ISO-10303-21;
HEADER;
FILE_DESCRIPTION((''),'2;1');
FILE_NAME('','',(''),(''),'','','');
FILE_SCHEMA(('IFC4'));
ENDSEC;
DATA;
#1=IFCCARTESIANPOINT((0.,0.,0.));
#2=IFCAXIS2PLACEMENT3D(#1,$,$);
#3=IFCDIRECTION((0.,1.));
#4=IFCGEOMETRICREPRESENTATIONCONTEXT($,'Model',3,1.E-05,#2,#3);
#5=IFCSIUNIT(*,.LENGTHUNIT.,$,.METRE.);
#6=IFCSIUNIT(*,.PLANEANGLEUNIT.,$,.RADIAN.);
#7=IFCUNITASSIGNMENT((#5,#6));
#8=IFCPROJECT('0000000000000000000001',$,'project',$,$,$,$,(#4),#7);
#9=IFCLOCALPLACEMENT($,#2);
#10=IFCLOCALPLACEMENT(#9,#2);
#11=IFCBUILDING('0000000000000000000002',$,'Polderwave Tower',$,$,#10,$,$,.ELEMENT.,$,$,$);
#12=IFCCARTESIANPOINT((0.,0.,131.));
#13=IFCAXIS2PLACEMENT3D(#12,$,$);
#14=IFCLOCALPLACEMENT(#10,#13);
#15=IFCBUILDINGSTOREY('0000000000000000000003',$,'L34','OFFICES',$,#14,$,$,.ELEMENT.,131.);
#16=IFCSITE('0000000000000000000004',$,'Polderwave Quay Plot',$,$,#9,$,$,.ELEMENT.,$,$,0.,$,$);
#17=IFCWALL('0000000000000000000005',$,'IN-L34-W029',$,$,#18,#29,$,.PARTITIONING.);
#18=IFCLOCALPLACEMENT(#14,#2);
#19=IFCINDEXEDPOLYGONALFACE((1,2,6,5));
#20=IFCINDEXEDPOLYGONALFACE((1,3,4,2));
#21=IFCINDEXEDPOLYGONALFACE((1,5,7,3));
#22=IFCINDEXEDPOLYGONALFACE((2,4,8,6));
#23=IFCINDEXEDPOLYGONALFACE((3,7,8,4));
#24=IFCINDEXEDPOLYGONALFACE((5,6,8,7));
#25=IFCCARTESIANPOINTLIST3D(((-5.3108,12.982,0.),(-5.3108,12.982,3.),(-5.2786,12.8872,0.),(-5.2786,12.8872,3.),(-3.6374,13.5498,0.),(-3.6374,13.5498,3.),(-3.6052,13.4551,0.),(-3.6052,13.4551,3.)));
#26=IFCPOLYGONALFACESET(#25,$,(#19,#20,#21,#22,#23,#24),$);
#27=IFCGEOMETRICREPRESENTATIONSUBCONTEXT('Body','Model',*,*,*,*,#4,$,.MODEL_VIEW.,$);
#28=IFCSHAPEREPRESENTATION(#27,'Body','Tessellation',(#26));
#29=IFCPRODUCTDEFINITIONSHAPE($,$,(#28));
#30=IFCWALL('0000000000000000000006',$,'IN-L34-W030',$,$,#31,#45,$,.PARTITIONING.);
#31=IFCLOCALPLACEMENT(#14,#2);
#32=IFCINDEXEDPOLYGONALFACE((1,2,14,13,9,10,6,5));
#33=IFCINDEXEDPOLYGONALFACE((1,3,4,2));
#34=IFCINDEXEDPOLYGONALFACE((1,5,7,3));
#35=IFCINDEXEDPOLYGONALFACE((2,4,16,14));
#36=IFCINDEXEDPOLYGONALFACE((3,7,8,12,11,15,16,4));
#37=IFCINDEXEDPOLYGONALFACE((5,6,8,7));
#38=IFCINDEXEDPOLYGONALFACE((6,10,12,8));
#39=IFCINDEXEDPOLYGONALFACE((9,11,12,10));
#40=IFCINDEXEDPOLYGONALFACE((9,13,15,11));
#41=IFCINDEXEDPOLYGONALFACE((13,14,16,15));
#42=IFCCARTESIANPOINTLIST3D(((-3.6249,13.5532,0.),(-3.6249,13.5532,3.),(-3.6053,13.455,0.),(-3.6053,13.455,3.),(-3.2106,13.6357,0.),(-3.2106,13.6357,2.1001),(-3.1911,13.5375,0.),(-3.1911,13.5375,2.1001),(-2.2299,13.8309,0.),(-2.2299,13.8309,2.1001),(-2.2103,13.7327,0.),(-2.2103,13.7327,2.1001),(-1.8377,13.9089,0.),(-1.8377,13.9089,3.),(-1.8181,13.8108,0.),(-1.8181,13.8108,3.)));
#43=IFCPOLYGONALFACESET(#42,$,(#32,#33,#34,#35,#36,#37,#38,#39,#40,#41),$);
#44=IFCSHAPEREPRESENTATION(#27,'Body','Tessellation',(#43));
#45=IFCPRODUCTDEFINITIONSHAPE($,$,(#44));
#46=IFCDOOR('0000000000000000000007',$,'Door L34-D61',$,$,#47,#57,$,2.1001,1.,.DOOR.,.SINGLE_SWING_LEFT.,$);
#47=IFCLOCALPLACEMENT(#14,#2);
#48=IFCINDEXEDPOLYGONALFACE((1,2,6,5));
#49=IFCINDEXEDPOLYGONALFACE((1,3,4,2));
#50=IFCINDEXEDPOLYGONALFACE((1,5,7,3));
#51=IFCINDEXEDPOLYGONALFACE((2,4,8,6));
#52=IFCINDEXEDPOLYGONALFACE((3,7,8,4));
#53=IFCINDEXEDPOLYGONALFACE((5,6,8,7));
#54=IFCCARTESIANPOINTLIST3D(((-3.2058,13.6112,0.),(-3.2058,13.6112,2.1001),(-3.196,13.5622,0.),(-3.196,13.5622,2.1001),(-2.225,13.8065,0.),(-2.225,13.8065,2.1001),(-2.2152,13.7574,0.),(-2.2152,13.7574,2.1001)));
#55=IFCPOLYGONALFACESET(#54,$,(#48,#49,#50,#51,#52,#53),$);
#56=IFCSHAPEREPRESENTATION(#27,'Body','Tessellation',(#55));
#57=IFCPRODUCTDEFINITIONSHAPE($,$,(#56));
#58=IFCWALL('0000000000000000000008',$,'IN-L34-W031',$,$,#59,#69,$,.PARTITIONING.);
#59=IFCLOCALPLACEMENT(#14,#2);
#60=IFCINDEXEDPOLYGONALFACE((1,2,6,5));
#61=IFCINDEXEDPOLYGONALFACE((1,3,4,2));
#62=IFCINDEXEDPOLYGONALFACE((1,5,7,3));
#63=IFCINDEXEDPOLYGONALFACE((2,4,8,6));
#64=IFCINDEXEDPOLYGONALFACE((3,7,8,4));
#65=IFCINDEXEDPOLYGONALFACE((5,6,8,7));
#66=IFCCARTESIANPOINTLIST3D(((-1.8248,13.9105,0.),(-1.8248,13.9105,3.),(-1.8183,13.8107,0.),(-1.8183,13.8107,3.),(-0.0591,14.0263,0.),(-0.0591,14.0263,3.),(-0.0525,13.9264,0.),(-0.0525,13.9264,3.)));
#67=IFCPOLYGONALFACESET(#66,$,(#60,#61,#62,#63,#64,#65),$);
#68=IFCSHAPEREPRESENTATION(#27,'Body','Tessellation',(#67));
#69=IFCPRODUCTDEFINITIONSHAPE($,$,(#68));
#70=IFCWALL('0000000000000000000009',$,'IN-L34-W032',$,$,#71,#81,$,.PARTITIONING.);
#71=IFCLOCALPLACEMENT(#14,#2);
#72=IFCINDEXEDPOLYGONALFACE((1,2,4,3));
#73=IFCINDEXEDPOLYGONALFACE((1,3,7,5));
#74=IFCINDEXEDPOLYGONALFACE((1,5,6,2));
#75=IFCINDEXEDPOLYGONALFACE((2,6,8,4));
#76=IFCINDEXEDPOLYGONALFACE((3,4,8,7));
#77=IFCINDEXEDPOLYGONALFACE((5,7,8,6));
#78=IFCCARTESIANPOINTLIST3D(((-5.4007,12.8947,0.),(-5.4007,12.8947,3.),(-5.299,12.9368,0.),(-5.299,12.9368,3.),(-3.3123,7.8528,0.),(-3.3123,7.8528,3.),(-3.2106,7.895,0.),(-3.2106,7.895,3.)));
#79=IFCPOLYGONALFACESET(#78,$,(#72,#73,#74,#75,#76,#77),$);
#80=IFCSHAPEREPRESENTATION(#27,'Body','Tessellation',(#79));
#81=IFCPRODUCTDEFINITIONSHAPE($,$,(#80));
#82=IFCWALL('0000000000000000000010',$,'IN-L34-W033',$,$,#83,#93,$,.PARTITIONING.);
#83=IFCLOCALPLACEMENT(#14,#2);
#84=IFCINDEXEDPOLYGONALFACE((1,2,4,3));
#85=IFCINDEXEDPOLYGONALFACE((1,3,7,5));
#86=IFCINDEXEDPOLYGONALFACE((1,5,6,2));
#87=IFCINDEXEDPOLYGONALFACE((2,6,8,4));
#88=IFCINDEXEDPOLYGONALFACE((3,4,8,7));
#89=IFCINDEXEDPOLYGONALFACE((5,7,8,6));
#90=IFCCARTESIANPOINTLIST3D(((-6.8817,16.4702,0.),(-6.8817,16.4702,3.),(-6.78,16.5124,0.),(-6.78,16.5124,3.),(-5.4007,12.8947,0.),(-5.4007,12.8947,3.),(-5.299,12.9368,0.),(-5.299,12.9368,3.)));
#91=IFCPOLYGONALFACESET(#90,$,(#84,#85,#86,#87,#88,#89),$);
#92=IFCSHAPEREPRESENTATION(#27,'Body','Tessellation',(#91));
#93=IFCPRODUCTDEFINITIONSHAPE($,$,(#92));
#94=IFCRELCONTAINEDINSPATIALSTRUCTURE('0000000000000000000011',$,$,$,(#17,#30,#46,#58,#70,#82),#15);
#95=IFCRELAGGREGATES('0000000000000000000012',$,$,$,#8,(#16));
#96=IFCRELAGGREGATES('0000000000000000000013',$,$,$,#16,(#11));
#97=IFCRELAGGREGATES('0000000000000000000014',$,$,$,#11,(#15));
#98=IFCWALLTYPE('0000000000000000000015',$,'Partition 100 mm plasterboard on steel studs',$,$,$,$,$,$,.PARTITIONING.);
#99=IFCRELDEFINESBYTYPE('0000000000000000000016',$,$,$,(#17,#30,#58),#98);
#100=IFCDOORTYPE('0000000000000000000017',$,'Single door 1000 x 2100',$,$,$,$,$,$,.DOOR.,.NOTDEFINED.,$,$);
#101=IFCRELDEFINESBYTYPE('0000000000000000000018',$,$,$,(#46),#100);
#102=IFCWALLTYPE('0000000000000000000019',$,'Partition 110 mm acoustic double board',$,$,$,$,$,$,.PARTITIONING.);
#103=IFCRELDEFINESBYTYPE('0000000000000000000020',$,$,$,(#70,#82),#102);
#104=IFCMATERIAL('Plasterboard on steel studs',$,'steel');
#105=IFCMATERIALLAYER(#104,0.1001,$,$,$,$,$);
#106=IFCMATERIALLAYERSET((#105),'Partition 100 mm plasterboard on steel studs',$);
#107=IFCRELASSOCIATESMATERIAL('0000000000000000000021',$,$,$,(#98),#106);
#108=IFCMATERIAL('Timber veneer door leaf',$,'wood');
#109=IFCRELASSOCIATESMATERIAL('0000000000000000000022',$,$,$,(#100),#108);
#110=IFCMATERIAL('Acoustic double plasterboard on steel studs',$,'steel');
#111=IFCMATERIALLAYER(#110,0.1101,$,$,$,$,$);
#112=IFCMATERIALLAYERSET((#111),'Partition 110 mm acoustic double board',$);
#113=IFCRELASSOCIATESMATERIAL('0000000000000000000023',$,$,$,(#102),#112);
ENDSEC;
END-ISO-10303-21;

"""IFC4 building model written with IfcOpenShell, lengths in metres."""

from ifc_helpers import new_model, si_unit, direction, frame, frame_2d, origin, place, context, subcontext, project, spatial, rectangle, extrude, material, layer, layer_set, type_object, element, fill, save


model = new_model("IFC4")

# Units and contexts
model_context = context("Model", 3, precision=1e-05, world=origin(), true_north=direction((0.0, 1.0)))
body_context = subcontext(model_context, "Body", "Model", "MODEL_VIEW")
ifc_project = project(units=[si_unit("LENGTHUNIT", "METRE"), si_unit("PLANEANGLEUNIT", "RADIAN")], contexts=[model_context])

# Site, building, storey
site_placement = place(None, origin())
site = spatial("IfcSite", under=ifc_project, at=site_placement, Name="Polderwave Quay Plot", CompositionType="ELEMENT", RefElevation=0.0)
building_placement = place(site_placement, origin())
building = spatial("IfcBuilding", under=site, at=building_placement, Name="Polderwave Tower", CompositionType="ELEMENT")
storey_placement = place(building_placement, frame((0.0, 0.0, 131.0)))
storey = spatial("IfcBuildingStorey", under=building, at=storey_placement, Name="L34", Description="OFFICES", CompositionType="ELEMENT", Elevation=131.0)

# Wall
ifc_material_1 = material(Name="Plasterboard on steel studs", Category="steel")
ifc_layer_1 = layer(ifc_material_1, 0.1001)
ifc_layer_set_1 = layer_set([ifc_layer_1], Name="Partition 100 mm plasterboard on steel studs")
wall_type_1 = type_object("IfcWallType", Name="Partition 100 mm plasterboard on steel studs", PredefinedType="PARTITIONING", material=ifc_layer_set_1)
wall_1_placement = place(storey_placement, frame((-5.2947, 12.9346, 0.0), z_axis=(0.0, 0.0, 1.0), x_axis=(0.946956, 0.321363, 0.0)))
element("IfcWall", 1, at=wall_1_placement, inside=storey, type_object=wall_type_1, Name="IN-L34-W029", PredefinedType="PARTITIONING", context=body_context, shape_type="SweptSolid", body=[
    extrude(rectangle(XDim=1.7671, YDim=0.1001, at=frame_2d((0.8835, 0.0))), origin(), (0.0, 0.0, 1.0), 3.0),
])

# Wall, opening, door
wall_2_placement = place(storey_placement, frame((-1.8279, 13.8599, 0.0), z_axis=(0.0, 0.0, 1.0), x_axis=(-0.980761, -0.195214, 0.0)))
wall_2 = element("IfcWall", 2, at=wall_2_placement, inside=storey, type_object=wall_type_1, Name="IN-L34-W030", PredefinedType="PARTITIONING", context=body_context, shape_type="SweptSolid", body=[
    extrude(rectangle(XDim=1.8223, YDim=0.1001, at=frame_2d((0.9111, 0.0))), origin(), (0.0, 0.0, 1.0), 3.0),
])
opening_placement = place(wall_2_placement, frame((0.3999, 0.0, 0.0)))
opening = element("IfcOpeningElement", 3, at=opening_placement, cuts=wall_2, PredefinedType="OPENING", context=body_context, shape_type="SweptSolid", body=[
    extrude(rectangle(XDim=1.0, YDim=2.1001, at=frame_2d((0.5, 1.05))), frame((0.0, 0.0601, 0.0), z_axis=(0.0, -1.0, 0.0), x_axis=(1.0, 0.0, 0.0)), (0.0, 0.0, 1.0), 0.1201),
])
ifc_material_2 = material(Name="Timber veneer door leaf", Category="wood")
door_type = type_object("IfcDoorType", Name="Single door 1000 x 2100", OperationType="NOTDEFINED", PredefinedType="DOOR", material=ifc_material_2)
door_placement = place(opening_placement, origin())
door = element("IfcDoor", 4, at=door_placement, inside=storey, type_object=door_type, Name="Door L34-D61", OperationType="SINGLE_SWING_LEFT", OverallHeight=2.1001, OverallWidth=1.0, PredefinedType="DOOR", context=body_context, shape_type="SweptSolid", body=[
    extrude(rectangle(XDim=1.0, YDim=2.1001, at=frame_2d((0.5, 1.05))), frame((0.0, 0.0249, 0.0), z_axis=(0.0, -1.0, 0.0), x_axis=(1.0, 0.0, 0.0)), (0.0, 0.0, 1.0), 0.05),
])
fill(opening, door)

# Walls
wall_3_placement = place(storey_placement, frame((-1.8215, 13.8606, 0.0), z_axis=(0.0, 0.0, 1.0), x_axis=(0.997859, 0.065402, 0.0)))
element("IfcWall", 5, at=wall_3_placement, inside=storey, type_object=wall_type_1, Name="IN-L34-W031", PredefinedType="PARTITIONING", context=body_context, shape_type="SweptSolid", body=[
    extrude(rectangle(XDim=1.7695, YDim=0.1001, at=frame_2d((0.8848, 0.0))), origin(), (0.0, 0.0, 1.0), 3.0),
])
ifc_material_3 = material(Name="Acoustic double plasterboard on steel studs", Category="steel")
ifc_layer_2 = layer(ifc_material_3, 0.1101)
ifc_layer_set_2 = layer_set([ifc_layer_2], Name="Partition 110 mm acoustic double board")
wall_type_2 = type_object("IfcWallType", Name="Partition 110 mm acoustic double board", PredefinedType="PARTITIONING", material=ifc_layer_set_2)
wall_4_placement = place(storey_placement, frame((-3.2615, 7.874, 0.0), z_axis=(0.0, 0.0, 1.0), x_axis=(-0.382686, 0.923878, 0.0)))
element("IfcWall", 6, at=wall_4_placement, inside=storey, type_object=wall_type_2, Name="IN-L34-W032", PredefinedType="PARTITIONING", context=body_context, shape_type="SweptSolid", body=[
    extrude(rectangle(XDim=5.4573, YDim=0.1101, at=frame_2d((2.7285, 0.0))), origin(), (0.0, 0.0, 1.0), 3.0),
])
wall_5_placement = place(storey_placement, frame((-5.3499, 12.9158, 0.0), z_axis=(0.0, 0.0, 1.0), x_axis=(-0.382675, 0.923883, 0.0)))
element("IfcWall", 7, at=wall_5_placement, inside=storey, type_object=wall_type_2, Name="IN-L34-W033", PredefinedType="PARTITIONING", context=body_context, shape_type="SweptSolid", body=[
    extrude(rectangle(XDim=3.8701, YDim=0.1101, at=frame_2d((1.9351, 0.0))), origin(), (0.0, 0.0, 1.0), 3.0),
])

save(model, "model.ifc")
